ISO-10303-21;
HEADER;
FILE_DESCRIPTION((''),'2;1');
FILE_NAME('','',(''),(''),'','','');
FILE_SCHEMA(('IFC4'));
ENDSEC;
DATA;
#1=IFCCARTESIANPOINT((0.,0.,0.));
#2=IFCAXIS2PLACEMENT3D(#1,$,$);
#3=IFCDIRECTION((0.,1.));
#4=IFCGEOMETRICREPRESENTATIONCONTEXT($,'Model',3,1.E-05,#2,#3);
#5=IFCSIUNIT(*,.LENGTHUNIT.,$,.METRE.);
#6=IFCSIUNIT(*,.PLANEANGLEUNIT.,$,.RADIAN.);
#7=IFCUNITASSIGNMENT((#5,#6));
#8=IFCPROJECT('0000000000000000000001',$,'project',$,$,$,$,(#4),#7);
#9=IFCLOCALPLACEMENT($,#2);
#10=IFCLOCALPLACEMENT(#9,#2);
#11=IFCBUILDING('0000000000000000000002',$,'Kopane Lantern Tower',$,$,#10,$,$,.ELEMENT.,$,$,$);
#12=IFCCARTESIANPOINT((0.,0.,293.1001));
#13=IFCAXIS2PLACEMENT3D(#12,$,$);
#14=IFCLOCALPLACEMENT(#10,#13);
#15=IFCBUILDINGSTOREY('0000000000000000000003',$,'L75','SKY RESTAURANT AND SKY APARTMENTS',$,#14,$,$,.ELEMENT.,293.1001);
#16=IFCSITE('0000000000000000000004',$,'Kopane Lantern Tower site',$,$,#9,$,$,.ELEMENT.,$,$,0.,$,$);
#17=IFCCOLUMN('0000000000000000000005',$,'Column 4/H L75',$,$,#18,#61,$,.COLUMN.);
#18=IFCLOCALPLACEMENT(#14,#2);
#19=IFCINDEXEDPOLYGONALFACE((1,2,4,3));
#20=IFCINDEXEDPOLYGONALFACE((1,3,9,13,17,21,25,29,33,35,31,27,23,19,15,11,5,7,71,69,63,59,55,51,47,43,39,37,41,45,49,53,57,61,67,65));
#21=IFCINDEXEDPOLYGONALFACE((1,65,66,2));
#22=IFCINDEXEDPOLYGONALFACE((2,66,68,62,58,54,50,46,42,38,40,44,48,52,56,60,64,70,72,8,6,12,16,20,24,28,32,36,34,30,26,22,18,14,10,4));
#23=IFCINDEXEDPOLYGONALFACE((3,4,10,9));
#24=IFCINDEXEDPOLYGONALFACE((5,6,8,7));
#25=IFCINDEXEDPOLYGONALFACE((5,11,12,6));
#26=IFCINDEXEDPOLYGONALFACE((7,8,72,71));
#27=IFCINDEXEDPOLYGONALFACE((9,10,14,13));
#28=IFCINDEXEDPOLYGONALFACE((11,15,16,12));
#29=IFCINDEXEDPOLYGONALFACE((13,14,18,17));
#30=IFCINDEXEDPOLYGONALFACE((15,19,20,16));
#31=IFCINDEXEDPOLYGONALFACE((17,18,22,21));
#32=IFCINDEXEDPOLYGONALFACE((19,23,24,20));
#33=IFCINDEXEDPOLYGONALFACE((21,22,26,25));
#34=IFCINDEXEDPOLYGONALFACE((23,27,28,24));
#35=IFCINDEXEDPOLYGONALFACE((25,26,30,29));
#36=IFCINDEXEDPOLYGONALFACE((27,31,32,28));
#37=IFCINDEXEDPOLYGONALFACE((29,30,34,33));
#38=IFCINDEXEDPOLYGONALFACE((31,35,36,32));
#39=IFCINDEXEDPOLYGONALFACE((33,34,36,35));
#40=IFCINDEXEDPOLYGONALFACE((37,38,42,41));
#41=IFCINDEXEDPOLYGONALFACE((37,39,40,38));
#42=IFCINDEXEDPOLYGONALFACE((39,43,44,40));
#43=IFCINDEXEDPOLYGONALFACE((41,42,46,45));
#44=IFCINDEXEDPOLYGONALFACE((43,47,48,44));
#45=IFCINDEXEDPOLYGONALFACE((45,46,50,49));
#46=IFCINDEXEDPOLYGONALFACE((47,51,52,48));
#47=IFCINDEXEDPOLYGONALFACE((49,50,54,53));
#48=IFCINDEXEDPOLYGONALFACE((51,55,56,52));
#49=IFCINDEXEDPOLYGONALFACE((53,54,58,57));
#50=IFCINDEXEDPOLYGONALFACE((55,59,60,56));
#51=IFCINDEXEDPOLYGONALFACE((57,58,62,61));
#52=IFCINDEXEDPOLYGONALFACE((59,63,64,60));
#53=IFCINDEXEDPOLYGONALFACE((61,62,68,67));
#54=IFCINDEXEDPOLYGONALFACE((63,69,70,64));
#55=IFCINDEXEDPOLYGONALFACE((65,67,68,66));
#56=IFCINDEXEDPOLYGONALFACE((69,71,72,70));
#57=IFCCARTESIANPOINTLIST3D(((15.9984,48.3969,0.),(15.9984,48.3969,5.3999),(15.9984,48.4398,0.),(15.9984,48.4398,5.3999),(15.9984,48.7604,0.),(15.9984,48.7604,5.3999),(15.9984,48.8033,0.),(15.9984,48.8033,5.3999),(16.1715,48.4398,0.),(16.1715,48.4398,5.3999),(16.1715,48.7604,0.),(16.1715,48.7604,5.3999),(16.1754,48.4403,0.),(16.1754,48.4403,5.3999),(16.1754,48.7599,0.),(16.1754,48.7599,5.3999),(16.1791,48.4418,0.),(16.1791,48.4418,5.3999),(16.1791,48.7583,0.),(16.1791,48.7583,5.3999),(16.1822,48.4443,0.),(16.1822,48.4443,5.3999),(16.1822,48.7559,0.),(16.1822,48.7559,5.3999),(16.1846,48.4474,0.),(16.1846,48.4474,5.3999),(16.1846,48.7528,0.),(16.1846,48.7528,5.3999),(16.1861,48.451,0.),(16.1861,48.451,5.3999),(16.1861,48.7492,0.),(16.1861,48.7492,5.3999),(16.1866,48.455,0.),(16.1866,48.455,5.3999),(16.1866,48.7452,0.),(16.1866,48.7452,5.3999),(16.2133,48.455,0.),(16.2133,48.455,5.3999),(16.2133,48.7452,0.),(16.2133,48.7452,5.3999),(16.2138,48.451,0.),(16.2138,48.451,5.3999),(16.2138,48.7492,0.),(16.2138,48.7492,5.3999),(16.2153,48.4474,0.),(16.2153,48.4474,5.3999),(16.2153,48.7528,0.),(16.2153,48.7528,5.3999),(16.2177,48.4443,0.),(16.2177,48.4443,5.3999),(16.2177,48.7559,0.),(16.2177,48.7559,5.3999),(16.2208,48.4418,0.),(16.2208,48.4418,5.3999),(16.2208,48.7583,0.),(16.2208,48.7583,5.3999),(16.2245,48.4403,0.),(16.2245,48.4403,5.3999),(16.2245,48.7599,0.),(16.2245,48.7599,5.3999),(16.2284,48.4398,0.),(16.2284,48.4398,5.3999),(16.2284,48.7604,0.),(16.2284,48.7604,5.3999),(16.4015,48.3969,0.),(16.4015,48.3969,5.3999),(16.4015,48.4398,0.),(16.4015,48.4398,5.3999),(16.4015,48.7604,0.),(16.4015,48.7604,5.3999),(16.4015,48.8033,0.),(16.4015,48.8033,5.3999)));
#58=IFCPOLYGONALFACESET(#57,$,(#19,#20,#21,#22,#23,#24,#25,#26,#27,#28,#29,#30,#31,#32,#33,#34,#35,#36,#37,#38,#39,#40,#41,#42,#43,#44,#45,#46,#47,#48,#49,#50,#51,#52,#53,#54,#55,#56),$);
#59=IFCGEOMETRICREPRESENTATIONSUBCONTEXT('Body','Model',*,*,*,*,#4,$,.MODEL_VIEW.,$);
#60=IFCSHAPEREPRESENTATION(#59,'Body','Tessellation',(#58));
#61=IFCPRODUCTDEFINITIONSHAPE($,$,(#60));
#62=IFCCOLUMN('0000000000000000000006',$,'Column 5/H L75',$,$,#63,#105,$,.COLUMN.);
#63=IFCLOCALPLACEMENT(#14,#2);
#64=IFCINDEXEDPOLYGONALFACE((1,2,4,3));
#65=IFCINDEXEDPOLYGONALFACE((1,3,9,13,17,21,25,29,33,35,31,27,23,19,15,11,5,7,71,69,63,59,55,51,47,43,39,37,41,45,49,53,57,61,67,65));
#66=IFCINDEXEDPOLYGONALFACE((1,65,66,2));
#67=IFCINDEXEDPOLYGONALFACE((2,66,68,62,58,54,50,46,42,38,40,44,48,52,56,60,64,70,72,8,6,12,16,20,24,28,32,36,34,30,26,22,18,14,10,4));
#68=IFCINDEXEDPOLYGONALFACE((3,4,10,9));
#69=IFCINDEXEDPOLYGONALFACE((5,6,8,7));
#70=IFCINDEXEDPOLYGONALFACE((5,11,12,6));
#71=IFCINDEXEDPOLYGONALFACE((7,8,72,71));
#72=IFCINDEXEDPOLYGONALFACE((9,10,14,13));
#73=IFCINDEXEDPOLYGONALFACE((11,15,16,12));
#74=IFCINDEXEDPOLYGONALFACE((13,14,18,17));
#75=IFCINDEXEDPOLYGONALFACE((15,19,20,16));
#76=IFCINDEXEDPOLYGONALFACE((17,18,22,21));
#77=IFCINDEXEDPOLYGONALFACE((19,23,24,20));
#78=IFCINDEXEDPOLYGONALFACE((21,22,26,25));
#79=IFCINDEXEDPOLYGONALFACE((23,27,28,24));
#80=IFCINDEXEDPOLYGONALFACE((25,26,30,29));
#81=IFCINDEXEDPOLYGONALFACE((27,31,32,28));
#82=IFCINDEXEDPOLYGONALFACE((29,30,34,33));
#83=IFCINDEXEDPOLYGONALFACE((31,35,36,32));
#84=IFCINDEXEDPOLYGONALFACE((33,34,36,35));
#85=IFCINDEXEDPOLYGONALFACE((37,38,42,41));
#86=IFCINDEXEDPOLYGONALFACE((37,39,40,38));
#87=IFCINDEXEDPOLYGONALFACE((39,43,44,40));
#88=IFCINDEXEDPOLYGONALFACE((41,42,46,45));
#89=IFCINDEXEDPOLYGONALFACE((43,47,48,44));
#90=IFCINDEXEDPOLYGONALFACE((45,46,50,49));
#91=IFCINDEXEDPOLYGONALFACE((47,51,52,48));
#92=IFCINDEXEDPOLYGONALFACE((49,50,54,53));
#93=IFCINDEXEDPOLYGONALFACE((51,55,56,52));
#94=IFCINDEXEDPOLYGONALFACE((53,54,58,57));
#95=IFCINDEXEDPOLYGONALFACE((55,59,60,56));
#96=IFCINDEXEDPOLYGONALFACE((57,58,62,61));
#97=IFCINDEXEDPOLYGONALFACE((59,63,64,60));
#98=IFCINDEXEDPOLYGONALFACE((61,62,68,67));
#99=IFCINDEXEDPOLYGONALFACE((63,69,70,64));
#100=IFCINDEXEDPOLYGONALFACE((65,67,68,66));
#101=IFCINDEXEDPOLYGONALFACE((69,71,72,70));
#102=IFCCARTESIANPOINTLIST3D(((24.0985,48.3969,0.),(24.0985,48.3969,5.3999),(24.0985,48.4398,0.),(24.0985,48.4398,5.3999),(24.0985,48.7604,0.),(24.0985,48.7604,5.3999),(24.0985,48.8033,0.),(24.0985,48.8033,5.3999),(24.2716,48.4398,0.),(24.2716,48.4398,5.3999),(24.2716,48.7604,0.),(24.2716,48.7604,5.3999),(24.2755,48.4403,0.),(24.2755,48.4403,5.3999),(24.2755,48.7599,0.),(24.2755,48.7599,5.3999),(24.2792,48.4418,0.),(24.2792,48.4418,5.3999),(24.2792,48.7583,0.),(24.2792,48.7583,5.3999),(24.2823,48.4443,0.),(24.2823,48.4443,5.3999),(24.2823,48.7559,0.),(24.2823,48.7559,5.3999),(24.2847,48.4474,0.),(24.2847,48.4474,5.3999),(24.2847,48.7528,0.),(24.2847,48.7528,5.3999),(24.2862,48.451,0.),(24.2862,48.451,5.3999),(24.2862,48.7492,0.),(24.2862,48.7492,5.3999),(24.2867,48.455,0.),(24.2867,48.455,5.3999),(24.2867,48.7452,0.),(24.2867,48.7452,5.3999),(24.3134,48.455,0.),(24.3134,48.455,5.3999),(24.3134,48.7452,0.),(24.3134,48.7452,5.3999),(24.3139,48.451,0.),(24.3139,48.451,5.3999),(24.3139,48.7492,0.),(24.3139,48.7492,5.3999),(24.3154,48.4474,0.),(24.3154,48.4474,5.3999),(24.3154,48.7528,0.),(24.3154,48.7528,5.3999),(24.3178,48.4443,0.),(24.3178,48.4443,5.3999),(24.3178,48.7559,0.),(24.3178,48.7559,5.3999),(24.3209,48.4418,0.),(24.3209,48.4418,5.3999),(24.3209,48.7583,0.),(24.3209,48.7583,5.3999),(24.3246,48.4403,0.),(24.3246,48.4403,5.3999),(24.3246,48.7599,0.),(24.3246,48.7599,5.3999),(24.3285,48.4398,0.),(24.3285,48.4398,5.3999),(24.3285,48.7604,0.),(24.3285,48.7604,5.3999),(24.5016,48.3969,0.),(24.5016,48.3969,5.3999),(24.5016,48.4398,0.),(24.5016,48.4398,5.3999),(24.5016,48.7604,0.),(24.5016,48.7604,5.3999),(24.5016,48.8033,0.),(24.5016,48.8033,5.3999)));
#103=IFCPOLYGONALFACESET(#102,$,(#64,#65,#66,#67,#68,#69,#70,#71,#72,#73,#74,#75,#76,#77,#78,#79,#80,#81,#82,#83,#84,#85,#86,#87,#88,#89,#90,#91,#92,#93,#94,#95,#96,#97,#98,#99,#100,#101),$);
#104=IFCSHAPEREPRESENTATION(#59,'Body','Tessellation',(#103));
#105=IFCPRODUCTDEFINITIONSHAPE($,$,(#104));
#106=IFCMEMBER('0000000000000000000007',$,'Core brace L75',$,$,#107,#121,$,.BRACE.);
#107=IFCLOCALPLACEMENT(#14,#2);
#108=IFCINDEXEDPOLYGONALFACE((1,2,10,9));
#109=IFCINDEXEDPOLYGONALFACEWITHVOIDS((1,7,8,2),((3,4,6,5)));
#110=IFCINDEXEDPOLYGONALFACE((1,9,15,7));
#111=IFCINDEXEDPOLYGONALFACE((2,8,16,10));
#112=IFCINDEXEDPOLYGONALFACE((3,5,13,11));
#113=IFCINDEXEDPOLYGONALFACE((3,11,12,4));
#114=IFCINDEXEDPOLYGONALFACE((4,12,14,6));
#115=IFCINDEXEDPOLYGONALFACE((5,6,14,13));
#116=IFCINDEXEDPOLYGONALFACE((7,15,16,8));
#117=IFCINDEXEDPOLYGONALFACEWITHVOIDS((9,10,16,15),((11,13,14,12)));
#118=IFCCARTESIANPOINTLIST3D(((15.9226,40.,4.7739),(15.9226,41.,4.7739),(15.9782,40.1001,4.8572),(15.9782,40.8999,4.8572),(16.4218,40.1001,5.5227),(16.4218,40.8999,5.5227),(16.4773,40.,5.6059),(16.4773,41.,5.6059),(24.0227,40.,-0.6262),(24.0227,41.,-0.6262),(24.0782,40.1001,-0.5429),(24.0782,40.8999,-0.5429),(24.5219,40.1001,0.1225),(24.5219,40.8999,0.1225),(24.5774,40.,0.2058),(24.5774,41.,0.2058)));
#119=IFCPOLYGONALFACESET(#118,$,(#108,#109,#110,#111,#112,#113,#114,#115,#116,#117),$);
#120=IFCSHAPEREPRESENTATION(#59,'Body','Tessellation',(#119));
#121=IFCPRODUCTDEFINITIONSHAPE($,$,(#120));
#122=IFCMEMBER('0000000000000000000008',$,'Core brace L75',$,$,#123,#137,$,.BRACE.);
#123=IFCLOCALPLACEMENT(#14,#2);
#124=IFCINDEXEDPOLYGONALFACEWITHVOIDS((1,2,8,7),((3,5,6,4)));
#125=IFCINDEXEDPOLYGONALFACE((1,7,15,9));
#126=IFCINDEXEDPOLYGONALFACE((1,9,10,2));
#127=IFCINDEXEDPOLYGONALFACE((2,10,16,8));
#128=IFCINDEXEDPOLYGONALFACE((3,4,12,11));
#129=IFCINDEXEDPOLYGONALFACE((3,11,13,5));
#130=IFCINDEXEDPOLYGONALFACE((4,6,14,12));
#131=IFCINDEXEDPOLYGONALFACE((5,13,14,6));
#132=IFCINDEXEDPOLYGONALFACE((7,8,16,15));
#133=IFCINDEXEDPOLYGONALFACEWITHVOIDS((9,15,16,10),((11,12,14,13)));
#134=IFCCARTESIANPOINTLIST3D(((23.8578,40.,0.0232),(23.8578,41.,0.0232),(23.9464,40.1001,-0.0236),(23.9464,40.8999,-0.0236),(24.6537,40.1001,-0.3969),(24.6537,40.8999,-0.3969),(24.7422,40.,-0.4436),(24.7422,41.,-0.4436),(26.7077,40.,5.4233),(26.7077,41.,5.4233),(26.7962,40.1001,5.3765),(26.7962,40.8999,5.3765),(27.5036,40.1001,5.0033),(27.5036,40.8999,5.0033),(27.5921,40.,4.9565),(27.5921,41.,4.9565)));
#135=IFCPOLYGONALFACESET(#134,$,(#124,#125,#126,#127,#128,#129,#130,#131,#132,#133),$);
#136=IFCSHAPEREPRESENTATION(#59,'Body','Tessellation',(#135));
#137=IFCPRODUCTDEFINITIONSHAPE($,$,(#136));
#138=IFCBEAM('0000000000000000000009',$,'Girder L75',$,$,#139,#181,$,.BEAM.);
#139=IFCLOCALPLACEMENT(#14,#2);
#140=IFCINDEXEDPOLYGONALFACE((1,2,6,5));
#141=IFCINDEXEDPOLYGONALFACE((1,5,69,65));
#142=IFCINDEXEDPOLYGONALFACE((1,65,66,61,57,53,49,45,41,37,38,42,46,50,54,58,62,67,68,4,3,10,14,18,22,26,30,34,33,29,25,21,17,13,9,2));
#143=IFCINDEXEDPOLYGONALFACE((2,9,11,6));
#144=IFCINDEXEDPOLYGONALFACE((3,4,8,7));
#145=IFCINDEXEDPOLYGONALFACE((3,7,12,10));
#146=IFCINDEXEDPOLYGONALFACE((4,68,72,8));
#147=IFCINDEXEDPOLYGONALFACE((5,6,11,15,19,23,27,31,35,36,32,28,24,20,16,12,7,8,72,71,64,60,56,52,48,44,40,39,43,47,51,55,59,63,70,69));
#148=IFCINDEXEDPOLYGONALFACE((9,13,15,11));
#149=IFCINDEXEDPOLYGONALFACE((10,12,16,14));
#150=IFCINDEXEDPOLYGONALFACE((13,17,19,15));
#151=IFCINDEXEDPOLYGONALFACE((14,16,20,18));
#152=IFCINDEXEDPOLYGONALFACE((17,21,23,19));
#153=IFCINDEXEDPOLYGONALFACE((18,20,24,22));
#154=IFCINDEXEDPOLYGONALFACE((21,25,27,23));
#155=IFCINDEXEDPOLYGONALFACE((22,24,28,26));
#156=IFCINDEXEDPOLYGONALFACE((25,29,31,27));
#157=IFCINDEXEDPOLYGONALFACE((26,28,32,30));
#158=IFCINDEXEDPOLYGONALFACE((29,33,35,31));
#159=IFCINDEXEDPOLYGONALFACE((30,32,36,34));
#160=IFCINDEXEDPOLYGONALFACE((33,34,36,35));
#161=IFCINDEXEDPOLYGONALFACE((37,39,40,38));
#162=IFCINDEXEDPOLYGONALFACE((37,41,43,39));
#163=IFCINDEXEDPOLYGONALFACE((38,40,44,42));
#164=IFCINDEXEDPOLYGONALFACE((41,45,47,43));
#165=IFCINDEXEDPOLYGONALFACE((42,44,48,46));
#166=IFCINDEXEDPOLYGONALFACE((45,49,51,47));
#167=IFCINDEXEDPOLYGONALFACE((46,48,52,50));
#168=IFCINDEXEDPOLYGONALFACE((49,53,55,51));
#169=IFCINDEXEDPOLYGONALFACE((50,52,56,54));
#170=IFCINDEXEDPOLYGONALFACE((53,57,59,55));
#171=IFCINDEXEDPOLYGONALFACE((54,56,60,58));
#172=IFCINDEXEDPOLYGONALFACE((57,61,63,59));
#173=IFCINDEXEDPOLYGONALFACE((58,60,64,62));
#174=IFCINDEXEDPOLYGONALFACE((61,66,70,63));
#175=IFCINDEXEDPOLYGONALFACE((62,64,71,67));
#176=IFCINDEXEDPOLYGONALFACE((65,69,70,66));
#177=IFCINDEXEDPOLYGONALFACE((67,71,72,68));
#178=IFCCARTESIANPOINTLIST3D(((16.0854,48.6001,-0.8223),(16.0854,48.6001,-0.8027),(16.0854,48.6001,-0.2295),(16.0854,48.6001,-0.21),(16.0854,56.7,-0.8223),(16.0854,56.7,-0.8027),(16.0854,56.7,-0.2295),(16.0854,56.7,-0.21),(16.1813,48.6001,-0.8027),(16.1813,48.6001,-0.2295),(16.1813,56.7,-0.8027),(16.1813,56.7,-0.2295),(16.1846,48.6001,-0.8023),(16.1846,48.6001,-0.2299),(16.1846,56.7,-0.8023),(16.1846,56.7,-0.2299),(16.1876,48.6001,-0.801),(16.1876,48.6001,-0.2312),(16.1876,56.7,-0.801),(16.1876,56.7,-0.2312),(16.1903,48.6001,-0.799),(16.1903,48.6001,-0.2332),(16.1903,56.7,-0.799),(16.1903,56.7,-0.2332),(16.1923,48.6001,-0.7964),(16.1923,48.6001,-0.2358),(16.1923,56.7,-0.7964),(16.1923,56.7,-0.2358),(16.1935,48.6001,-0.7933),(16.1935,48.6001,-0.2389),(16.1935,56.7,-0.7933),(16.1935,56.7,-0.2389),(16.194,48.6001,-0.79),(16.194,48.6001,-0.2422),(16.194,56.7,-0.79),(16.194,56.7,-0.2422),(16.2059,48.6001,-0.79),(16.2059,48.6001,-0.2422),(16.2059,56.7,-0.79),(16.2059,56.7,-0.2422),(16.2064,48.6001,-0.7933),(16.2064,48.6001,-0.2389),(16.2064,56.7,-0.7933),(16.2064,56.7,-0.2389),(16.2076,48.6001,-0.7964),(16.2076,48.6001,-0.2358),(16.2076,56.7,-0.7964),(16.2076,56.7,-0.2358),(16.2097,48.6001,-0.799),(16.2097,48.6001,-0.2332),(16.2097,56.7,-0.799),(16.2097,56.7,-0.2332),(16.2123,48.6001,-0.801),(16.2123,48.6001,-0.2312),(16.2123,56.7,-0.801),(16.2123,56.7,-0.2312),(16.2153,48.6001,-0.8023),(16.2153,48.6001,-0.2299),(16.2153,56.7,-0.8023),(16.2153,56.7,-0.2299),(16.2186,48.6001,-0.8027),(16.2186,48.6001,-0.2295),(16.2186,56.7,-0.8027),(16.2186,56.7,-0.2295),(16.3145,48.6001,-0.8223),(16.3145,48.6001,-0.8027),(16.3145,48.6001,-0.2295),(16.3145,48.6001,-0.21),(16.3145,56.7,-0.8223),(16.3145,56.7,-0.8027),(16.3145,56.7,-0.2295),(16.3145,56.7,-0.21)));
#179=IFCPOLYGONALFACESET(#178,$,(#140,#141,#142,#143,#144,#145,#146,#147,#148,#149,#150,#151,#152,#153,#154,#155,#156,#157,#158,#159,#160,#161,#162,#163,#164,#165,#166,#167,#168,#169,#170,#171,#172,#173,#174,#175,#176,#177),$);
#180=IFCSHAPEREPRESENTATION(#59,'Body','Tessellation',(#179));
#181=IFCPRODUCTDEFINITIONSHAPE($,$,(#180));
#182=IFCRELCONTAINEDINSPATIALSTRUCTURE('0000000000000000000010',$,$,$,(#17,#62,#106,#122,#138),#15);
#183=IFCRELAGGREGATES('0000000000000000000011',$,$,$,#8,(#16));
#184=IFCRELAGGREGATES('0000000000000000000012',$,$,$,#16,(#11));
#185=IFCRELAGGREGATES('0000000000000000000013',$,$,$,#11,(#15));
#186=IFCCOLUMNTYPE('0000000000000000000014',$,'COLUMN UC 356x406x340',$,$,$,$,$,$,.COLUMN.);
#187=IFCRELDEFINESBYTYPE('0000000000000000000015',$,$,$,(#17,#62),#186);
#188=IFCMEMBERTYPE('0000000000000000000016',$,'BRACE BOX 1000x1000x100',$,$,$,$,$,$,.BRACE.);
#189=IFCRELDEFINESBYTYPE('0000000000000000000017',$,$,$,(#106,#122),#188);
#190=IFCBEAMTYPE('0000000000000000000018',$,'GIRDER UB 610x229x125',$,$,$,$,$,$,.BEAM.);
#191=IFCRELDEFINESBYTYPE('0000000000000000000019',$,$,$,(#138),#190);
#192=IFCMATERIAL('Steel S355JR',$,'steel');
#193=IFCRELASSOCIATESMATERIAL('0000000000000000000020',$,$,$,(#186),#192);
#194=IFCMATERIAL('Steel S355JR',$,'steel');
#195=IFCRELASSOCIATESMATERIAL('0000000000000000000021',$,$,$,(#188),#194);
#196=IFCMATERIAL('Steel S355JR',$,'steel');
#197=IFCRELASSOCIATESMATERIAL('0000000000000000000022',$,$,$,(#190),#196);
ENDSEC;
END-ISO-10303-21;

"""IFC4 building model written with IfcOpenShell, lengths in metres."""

from ifc_helpers import new_model, si_unit, direction, frame, origin, origin_2d, place, context, subcontext, project, spatial, hollow_rectangle, i_section, extrude, material, material_profile, profile_set, type_object, element, save


model = new_model("IFC4")

# Units and contexts
model_context = context("Model", 3, precision=1e-05, world=origin(), true_north=direction((0.0, 1.0)))
body_context = subcontext(model_context, "Body", "Model", "MODEL_VIEW")
ifc_project = project(units=[si_unit("LENGTHUNIT", "METRE"), si_unit("PLANEANGLEUNIT", "RADIAN")], contexts=[model_context])

# Site, building, storey
site_placement = place(None, origin())
site = spatial("IfcSite", under=ifc_project, at=site_placement, Name="Kopane Lantern Tower site", CompositionType="ELEMENT", RefElevation=0.0)
building_placement = place(site_placement, origin())
building = spatial("IfcBuilding", under=site, at=building_placement, Name="Kopane Lantern Tower", CompositionType="ELEMENT")
storey_placement = place(building_placement, frame((0.0, 0.0, 293.1001)))
storey = spatial("IfcBuildingStorey", under=building, at=storey_placement, Name="L75", Description="SKY RESTAURANT AND SKY APARTMENTS", CompositionType="ELEMENT", Elevation=293.1001)

# Columns
ifc_material_1 = material(Name="Steel S355JR", Category="steel")
ifc_material_profile_1 = material_profile(ifc_material_1, i_section(OverallWidth=0.4031, OverallDepth=0.4065, WebThickness=0.0266, FlangeThickness=0.043, FilletRadius=0.0151, at=origin_2d()), Name="UC 356x406x340")
ifc_profile_set_1 = profile_set([ifc_material_profile_1], Name="Steel S355JR")
column_type = type_object("IfcColumnType", Name="COLUMN UC 356x406x340", PredefinedType="COLUMN", material=ifc_profile_set_1)
for number, where, z_axis, x_axis, name in (
    (1, (16.2, 48.6001, 0.0), (0.0, 0.0, 1.0), (1.0, 0.0, 0.0), "Column 4/H L75"),
    (2, (24.3, 48.6001, 0.0), (0.0, 0.0, 1.0), (1.0, 0.0, 0.0), "Column 5/H L75"),
):
    element("IfcColumn", number, at=place(storey_placement, frame(where, z_axis=z_axis, x_axis=x_axis)), inside=storey, type_object=column_type, Name=name, PredefinedType="COLUMN", context=body_context, shape_type="SweptSolid", body=[
        extrude(i_section(OverallWidth=0.4031, OverallDepth=0.4065, WebThickness=0.0266, FlangeThickness=0.043, FilletRadius=0.0151, at=origin_2d()), origin(), (0.0, 0.0, 1.0), 5.3999),
    ])

# Members
ifc_material_2 = material(Name="Steel S355JR", Category="steel")
ifc_material_profile_2 = material_profile(ifc_material_2, hollow_rectangle(XDim=1.0, YDim=1.0, WallThickness=0.1001, at=origin_2d()), Name="BOX 1000x1000x100")
ifc_profile_set_2 = profile_set([ifc_material_profile_2], Name="Steel S355JR")
member_type = type_object("IfcMemberType", Name="BRACE BOX 1000x1000x100", PredefinedType="BRACE", material=ifc_profile_set_2)
member_1_placement = place(storey_placement, frame((24.3, 40.5, -0.2102), z_axis=(-0.832046, 0.0, 0.554706), x_axis=(0.0, -1.0, 0.0)))
element("IfcMember", 3, at=member_1_placement, inside=storey, type_object=member_type, Name="Core brace L75", PredefinedType="BRACE", context=body_context, shape_type="SweptSolid", body=[
    extrude(hollow_rectangle(XDim=1.0, YDim=1.0, WallThickness=0.1001, at=origin_2d()), origin(), (0.0, 0.0, 1.0), 9.7351),
])
member_2_placement = place(storey_placement, frame((24.3, 40.5, -0.2102), z_axis=(0.46673, 0.0, 0.8844), x_axis=(0.0, 1.0, 0.0)))
element("IfcMember", 4, at=member_2_placement, inside=storey, type_object=member_type, Name="Core brace L75", PredefinedType="BRACE", context=body_context, shape_type="SweptSolid", body=[
    extrude(hollow_rectangle(XDim=1.0, YDim=1.0, WallThickness=0.1001, at=origin_2d()), origin(), (0.0, 0.0, 1.0), 6.106),
])

# Beam
ifc_material_3 = material(Name="Steel S355JR", Category="steel")
ifc_material_profile_3 = material_profile(ifc_material_3, i_section(OverallWidth=0.229, OverallDepth=0.6123, WebThickness=0.012, FlangeThickness=0.0195, FilletRadius=0.0127, at=origin_2d()), Name="UB 610x229x125")
ifc_profile_set_3 = profile_set([ifc_material_profile_3], Name="Steel S355JR")
beam_type_1 = type_object("IfcBeamType", Name="GIRDER UB 610x229x125", PredefinedType="BEAM", material=ifc_profile_set_3)
beam_1_placement = place(storey_placement, frame((16.2, 48.6001, -0.5161), z_axis=(0.0, 1.0, 0.0), x_axis=(-1.0, 0.0, 0.0)))
element("IfcBeam", 5, at=beam_1_placement, inside=storey, type_object=beam_type_1, Name="Girder L75", PredefinedType="BEAM", context=body_context, shape_type="SweptSolid", body=[
    extrude(i_section(OverallWidth=0.229, OverallDepth=0.6123, WebThickness=0.012, FlangeThickness=0.0195, FilletRadius=0.0127, at=origin_2d()), origin(), (0.0, 0.0, 1.0), 8.0999),
])

save(model, "model.ifc")
